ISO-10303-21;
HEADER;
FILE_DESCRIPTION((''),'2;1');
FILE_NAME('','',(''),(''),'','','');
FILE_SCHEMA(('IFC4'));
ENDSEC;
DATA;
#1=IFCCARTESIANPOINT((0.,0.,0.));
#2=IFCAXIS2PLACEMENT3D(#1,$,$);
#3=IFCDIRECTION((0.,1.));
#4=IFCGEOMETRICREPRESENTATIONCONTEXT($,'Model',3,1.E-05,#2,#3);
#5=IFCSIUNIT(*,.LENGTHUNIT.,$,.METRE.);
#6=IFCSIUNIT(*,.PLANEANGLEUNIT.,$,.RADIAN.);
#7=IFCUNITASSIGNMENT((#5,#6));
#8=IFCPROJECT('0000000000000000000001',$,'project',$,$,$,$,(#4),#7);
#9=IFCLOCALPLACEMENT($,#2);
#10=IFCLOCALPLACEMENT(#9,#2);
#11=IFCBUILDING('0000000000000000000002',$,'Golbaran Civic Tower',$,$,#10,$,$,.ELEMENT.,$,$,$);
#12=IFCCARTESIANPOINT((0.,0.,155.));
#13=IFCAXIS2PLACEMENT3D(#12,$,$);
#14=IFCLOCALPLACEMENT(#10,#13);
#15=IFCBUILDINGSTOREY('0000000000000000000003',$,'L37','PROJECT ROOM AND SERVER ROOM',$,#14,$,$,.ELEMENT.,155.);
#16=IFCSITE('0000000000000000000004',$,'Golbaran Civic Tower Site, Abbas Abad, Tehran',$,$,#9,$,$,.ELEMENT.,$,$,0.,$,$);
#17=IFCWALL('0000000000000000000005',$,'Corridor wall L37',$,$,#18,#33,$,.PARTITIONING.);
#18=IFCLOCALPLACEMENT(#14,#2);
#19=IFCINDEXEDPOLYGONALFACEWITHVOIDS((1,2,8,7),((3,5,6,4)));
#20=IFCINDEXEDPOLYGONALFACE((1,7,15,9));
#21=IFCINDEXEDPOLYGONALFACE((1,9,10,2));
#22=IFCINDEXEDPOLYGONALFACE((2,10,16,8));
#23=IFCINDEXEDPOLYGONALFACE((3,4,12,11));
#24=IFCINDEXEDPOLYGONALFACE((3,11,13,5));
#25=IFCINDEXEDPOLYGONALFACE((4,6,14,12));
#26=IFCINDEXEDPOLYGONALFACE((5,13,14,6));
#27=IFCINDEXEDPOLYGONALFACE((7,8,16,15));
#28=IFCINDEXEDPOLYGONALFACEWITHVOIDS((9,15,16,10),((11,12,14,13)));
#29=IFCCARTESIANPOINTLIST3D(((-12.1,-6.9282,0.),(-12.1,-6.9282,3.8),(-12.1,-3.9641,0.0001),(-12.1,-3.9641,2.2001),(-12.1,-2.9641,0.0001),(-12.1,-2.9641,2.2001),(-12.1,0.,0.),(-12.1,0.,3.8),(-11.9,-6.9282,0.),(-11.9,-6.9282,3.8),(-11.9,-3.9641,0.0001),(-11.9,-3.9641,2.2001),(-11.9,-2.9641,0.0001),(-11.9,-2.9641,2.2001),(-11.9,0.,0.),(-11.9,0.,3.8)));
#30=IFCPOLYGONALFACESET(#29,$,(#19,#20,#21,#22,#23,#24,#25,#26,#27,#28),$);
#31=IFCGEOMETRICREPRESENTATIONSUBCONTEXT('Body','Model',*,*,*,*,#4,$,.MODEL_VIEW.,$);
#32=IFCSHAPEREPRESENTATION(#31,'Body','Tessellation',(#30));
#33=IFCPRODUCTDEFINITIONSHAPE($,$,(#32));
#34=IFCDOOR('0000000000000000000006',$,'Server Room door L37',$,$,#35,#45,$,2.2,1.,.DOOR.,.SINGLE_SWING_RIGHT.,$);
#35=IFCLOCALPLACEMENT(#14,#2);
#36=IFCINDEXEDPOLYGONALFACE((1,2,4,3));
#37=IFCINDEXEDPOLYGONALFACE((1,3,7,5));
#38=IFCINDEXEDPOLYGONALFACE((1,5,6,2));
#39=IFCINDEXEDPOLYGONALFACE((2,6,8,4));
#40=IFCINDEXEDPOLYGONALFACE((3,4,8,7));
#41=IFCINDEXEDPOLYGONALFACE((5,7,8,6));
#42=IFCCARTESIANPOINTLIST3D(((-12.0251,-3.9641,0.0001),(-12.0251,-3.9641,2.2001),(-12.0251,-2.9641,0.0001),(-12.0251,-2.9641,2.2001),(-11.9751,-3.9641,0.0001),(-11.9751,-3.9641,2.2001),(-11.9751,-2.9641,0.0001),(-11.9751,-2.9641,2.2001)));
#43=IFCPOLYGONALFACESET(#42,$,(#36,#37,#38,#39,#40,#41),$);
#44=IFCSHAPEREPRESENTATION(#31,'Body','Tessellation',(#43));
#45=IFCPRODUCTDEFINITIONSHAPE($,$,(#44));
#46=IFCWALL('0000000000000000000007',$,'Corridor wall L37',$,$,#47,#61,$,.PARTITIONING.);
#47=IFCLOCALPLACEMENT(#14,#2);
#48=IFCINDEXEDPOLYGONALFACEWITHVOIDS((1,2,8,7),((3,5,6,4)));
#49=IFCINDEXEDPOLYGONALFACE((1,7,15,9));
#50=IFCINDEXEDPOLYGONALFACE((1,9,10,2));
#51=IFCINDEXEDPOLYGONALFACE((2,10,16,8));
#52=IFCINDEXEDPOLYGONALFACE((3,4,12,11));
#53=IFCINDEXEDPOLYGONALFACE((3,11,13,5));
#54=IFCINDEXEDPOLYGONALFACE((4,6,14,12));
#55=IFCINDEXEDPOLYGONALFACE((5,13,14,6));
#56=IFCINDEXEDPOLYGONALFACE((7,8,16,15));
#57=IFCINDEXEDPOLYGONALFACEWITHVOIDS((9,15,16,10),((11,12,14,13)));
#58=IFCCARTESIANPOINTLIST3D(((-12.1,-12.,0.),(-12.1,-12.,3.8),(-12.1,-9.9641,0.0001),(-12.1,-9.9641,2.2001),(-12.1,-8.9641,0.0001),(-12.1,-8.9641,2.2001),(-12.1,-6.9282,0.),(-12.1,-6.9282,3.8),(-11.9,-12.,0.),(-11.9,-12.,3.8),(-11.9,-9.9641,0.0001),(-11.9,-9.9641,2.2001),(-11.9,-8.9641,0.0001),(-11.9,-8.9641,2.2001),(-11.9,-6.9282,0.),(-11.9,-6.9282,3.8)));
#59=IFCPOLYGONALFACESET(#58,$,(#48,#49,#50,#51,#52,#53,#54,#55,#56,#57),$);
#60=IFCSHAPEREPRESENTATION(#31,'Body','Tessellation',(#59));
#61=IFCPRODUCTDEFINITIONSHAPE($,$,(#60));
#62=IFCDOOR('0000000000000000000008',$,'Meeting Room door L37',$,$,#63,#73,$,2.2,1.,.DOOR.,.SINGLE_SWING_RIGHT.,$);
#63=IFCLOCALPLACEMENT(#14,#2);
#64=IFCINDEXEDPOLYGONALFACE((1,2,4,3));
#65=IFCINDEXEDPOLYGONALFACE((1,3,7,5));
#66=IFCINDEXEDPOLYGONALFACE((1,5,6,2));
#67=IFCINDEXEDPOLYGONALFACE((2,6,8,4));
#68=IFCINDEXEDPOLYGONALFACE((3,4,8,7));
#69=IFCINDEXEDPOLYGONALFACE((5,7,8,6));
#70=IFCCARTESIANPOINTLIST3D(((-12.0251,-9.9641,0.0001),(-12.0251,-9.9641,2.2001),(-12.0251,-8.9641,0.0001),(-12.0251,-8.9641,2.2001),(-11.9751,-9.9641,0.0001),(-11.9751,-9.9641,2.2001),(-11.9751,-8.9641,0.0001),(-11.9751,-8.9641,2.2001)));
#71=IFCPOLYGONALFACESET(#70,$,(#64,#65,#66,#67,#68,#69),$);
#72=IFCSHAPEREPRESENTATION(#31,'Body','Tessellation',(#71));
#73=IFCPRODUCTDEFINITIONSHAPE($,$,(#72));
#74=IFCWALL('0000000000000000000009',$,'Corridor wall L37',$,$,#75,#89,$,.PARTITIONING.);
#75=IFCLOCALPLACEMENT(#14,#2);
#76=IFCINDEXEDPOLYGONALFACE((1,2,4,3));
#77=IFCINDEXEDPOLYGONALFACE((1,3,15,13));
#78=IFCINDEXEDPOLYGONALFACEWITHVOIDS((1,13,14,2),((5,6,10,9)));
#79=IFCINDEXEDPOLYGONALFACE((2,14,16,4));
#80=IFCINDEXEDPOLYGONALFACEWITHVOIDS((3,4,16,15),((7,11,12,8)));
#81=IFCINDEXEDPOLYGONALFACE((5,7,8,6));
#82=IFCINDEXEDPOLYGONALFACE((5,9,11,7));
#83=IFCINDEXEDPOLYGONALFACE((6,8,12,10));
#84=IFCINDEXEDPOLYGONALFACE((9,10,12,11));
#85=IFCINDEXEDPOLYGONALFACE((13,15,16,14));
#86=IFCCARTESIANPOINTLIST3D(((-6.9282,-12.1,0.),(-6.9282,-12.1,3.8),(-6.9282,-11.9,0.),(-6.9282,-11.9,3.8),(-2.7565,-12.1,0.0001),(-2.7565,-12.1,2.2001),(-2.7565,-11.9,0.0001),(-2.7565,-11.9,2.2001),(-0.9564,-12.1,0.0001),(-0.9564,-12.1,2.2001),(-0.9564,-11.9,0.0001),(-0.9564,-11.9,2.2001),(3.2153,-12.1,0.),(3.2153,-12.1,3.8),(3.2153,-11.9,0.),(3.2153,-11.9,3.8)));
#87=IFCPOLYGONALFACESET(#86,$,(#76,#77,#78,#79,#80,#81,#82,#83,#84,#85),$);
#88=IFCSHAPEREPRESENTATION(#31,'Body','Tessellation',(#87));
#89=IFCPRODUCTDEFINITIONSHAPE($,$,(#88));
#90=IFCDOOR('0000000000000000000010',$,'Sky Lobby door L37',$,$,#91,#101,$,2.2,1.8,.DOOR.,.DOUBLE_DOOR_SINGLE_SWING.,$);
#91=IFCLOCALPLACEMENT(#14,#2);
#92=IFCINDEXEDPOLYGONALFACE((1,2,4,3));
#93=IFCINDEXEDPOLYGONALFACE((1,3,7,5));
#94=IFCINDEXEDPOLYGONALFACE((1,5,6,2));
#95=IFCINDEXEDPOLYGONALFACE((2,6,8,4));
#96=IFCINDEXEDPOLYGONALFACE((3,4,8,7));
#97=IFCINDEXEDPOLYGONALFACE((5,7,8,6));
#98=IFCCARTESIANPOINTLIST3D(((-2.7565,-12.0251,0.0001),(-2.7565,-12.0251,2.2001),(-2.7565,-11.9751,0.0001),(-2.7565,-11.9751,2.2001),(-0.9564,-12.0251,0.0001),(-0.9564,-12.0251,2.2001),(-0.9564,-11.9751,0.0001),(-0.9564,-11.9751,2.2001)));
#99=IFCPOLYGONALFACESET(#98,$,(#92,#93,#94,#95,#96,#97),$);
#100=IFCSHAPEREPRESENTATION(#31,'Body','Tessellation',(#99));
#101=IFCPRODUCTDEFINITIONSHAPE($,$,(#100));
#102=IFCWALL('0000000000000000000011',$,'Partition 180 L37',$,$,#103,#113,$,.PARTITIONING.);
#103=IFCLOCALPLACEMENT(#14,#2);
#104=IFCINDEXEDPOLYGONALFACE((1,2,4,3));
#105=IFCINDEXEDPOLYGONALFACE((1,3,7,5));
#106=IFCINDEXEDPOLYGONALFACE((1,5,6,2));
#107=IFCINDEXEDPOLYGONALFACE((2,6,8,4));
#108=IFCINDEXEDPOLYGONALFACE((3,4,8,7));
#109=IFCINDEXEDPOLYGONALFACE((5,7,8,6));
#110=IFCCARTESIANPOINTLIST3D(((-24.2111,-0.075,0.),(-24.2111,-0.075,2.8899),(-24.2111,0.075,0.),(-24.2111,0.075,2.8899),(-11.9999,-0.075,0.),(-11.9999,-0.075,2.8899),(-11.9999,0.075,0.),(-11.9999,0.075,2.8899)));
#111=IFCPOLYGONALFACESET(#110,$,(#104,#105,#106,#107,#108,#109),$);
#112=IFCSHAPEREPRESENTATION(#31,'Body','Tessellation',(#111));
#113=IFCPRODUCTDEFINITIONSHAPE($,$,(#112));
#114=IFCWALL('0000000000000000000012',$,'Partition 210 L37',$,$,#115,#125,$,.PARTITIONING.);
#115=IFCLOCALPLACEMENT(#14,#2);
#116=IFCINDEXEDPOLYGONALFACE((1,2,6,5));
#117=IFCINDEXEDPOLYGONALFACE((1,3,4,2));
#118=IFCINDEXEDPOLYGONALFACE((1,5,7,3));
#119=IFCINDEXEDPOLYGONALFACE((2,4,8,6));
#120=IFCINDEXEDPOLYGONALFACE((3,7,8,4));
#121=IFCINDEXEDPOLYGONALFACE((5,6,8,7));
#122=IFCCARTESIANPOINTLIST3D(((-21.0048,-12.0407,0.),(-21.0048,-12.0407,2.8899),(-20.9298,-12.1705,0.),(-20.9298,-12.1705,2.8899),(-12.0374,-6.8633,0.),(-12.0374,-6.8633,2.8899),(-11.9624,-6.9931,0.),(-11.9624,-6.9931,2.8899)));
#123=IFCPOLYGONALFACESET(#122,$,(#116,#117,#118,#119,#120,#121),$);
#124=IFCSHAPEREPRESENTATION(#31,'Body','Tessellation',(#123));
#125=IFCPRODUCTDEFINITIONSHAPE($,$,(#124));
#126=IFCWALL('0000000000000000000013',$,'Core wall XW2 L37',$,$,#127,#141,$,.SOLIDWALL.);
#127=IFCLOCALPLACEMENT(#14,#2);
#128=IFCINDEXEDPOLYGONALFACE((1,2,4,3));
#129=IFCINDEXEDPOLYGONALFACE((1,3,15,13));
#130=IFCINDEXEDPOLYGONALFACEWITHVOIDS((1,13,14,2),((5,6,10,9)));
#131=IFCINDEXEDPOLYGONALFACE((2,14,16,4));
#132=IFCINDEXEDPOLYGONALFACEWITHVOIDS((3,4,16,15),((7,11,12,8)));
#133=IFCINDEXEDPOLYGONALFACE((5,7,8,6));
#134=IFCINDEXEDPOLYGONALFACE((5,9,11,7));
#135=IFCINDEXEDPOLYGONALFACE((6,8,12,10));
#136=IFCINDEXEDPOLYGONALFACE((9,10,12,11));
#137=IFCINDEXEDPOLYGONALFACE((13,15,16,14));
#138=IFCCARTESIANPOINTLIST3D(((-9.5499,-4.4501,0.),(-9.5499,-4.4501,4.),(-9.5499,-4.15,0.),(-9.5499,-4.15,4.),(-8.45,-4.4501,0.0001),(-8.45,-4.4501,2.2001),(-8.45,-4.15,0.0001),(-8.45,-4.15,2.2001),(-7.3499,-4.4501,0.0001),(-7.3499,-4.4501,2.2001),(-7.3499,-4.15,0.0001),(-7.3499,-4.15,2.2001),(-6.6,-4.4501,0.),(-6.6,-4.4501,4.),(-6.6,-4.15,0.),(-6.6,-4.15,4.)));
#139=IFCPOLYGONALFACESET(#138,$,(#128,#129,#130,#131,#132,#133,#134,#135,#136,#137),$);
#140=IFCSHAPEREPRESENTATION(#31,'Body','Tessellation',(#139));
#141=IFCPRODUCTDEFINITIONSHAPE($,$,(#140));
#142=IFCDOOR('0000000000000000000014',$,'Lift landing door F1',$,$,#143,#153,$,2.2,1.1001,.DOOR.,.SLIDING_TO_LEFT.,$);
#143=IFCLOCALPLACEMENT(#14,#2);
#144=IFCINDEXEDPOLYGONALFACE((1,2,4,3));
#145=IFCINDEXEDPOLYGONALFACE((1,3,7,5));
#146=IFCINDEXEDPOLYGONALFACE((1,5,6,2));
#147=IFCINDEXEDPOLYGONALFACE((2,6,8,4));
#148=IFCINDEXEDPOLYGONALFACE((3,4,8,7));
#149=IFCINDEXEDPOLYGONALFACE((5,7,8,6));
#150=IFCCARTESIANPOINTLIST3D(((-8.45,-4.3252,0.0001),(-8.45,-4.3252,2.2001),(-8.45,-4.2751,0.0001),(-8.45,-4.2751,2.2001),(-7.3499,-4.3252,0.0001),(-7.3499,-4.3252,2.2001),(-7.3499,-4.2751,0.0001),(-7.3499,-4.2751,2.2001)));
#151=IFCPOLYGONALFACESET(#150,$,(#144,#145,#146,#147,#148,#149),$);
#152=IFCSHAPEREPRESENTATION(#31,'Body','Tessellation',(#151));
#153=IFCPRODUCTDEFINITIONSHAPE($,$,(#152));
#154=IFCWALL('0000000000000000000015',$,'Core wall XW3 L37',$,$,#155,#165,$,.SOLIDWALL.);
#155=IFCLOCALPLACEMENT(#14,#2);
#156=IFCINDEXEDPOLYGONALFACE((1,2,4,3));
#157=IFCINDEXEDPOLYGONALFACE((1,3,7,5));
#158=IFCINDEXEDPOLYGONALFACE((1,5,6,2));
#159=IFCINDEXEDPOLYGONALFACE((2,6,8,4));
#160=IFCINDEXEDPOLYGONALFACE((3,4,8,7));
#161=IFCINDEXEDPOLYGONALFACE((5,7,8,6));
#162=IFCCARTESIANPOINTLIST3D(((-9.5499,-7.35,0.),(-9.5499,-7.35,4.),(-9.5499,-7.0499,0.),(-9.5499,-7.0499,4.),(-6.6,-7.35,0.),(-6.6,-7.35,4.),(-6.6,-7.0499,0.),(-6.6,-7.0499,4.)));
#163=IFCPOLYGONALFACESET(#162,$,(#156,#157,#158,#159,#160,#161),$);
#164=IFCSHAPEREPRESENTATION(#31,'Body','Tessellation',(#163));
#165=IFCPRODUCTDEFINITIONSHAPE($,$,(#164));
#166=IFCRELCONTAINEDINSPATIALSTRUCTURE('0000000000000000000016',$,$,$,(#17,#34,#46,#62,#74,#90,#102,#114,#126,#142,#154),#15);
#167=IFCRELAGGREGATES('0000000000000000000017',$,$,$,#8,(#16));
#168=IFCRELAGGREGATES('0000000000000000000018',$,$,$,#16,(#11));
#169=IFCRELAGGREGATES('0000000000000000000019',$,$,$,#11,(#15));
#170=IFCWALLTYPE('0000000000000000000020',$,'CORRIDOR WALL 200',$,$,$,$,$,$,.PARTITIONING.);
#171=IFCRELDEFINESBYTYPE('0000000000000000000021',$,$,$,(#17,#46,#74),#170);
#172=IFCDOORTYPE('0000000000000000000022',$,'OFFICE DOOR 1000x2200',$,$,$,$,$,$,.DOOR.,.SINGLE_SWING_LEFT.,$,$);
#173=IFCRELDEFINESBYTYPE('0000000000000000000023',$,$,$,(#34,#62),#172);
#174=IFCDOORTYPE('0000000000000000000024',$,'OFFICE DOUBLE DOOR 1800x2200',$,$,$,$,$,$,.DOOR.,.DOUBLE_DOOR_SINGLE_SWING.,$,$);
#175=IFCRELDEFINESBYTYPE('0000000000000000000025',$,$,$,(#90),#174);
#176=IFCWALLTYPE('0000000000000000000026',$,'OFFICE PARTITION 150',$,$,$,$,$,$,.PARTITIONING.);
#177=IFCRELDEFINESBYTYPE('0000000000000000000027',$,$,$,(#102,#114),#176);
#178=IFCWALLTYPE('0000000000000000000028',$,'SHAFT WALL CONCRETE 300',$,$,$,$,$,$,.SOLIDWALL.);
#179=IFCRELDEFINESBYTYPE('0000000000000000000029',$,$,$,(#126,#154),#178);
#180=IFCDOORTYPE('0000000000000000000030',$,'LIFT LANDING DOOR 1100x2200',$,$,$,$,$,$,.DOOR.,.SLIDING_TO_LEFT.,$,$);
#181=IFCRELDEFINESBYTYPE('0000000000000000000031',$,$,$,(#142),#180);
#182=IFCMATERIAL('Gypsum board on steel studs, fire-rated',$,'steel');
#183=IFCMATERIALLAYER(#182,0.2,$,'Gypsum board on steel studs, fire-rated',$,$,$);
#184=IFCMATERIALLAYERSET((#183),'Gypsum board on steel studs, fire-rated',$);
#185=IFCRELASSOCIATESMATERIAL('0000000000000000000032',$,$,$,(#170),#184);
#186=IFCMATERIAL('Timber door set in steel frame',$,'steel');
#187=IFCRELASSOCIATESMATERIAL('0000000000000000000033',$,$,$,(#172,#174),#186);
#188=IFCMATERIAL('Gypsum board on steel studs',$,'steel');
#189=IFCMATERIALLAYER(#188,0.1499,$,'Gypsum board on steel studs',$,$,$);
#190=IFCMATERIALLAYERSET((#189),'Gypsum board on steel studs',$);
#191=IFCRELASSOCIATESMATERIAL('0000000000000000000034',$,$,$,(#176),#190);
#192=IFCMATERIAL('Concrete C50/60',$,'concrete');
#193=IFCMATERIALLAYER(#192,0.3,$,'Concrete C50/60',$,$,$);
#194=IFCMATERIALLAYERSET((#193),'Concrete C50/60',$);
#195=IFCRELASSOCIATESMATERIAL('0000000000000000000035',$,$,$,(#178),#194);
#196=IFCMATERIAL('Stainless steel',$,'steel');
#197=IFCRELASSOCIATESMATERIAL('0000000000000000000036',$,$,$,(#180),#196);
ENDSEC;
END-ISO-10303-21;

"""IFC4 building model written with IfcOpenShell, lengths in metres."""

from ifc_helpers import new_model, si_unit, direction, frame, frame_2d, origin, place, context, subcontext, project, spatial, rectangle, extrude, material, layer, layer_set, type_object, element, fill, save


model = new_model("IFC4")

# Units and contexts
model_context = context("Model", 3, precision=1e-05, world=origin(), true_north=direction((0.0, 1.0)))
body_context = subcontext(model_context, "Body", "Model", "MODEL_VIEW")
ifc_project = project(units=[si_unit("LENGTHUNIT", "METRE"), si_unit("PLANEANGLEUNIT", "RADIAN")], contexts=[model_context])

# Site, building, storey
site_placement = place(None, origin())
site = spatial("IfcSite", under=ifc_project, at=site_placement, Name="Golbaran Civic Tower Site, Abbas Abad, Tehran", CompositionType="ELEMENT", RefElevation=0.0)
building_placement = place(site_placement, origin())
building = spatial("IfcBuilding", under=site, at=building_placement, Name="Golbaran Civic Tower", CompositionType="ELEMENT")
storey_placement = place(building_placement, frame((0.0, 0.0, 155.0)))
storey = spatial("IfcBuildingStorey", under=building, at=storey_placement, Name="L37", Description="PROJECT ROOM AND SERVER ROOM", CompositionType="ELEMENT", Elevation=155.0)

# Walls, openings, doors
ifc_material_1 = material(Name="Concrete C50/60", Category="concrete")
ifc_material_2 = material(Name="Timber door set in steel frame", Category="steel")
ifc_material_3 = material(Name="Gypsum board on steel studs, fire-rated", Category="steel")
ifc_layer_1 = layer(ifc_material_3, 0.2, Name="Gypsum board on steel studs, fire-rated")
ifc_layer_set_1 = layer_set([ifc_layer_1], Name="Gypsum board on steel studs, fire-rated")
wall_type_1 = type_object("IfcWallType", Name="CORRIDOR WALL 200", PredefinedType="PARTITIONING", material=ifc_layer_set_1)
wall_1_placement = place(storey_placement, frame((-12.0, 0.0, 0.0), z_axis=(0.0, 0.0, 1.0), x_axis=(0.0, -1.0, 0.0)))
wall_1 = element("IfcWall", 1, at=wall_1_placement, inside=storey, type_object=wall_type_1, Name="Corridor wall L37", PredefinedType="PARTITIONING", context=body_context, shape_type="SweptSolid", body=[
    extrude(rectangle(XDim=6.9282, YDim=0.2, at=frame_2d((3.4641, 0.0))), origin(), (0.0, 0.0, 1.0), 3.8),
])
opening_1_placement = place(wall_1_placement, frame((2.9641, 0.0, 0.0)))
opening_1 = element("IfcOpeningElement", 2, at=opening_1_placement, cuts=wall_1, PredefinedType="OPENING", context=body_context, shape_type="SweptSolid", body=[
    extrude(rectangle(XDim=1.0, YDim=2.2, at=frame_2d((0.5, 1.1001))), frame((0.0, 0.1099, 0.0), z_axis=(0.0, -1.0, 0.0), x_axis=(1.0, 0.0, 0.0)), (0.0, 0.0, 1.0), 0.22),
])
door_type_1 = type_object("IfcDoorType", Name="OFFICE DOOR 1000x2200", OperationType="SINGLE_SWING_LEFT", PredefinedType="DOOR", material=ifc_material_2)
door_1_placement = place(opening_1_placement, origin())
door_1 = element("IfcDoor", 3, at=door_1_placement, inside=storey, type_object=door_type_1, Name="Server Room door L37", OperationType="SINGLE_SWING_RIGHT", OverallHeight=2.2, OverallWidth=1.0, PredefinedType="DOOR", context=body_context, shape_type="SweptSolid", body=[
    extrude(rectangle(XDim=1.0, YDim=2.2, at=frame_2d((0.5, 1.1001))), frame((0.0, 0.0249, 0.0), z_axis=(0.0, -1.0, 0.0), x_axis=(1.0, 0.0, 0.0)), (0.0, 0.0, 1.0), 0.05),
])
fill(opening_1, door_1)
wall_2_placement = place(storey_placement, frame((-12.0, -6.9282, 0.0), z_axis=(0.0, 0.0, 1.0), x_axis=(0.0, -1.0, 0.0)))
wall_2 = element("IfcWall", 4, at=wall_2_placement, inside=storey, type_object=wall_type_1, Name="Corridor wall L37", PredefinedType="PARTITIONING", context=body_context, shape_type="SweptSolid", body=[
    extrude(rectangle(XDim=5.0718, YDim=0.2, at=frame_2d((2.5359, 0.0))), origin(), (0.0, 0.0, 1.0), 3.8),
])
opening_2_placement = place(wall_2_placement, frame((2.0359, 0.0, 0.0)))
opening_2 = element("IfcOpeningElement", 5, at=opening_2_placement, cuts=wall_2, PredefinedType="OPENING", context=body_context, shape_type="SweptSolid", body=[
    extrude(rectangle(XDim=1.0, YDim=2.2, at=frame_2d((0.5, 1.1001))), frame((0.0, 0.1099, 0.0), z_axis=(0.0, -1.0, 0.0), x_axis=(1.0, 0.0, 0.0)), (0.0, 0.0, 1.0), 0.22),
])
door_2_placement = place(opening_2_placement, origin())
door_2 = element("IfcDoor", 6, at=door_2_placement, inside=storey, type_object=door_type_1, Name="Meeting Room door L37", OperationType="SINGLE_SWING_RIGHT", OverallHeight=2.2, OverallWidth=1.0, PredefinedType="DOOR", context=body_context, shape_type="SweptSolid", body=[
    extrude(rectangle(XDim=1.0, YDim=2.2, at=frame_2d((0.5, 1.1001))), frame((0.0, 0.0249, 0.0), z_axis=(0.0, -1.0, 0.0), x_axis=(1.0, 0.0, 0.0)), (0.0, 0.0, 1.0), 0.05),
])
fill(opening_2, door_2)
wall_3_placement = place(storey_placement, frame((-6.9282, -12.0, 0.0), z_axis=(0.0, 0.0, 1.0), x_axis=(1.0, 0.0, 0.0)))
wall_3 = element("IfcWall", 7, at=wall_3_placement, inside=storey, type_object=wall_type_1, Name="Corridor wall L37", PredefinedType="PARTITIONING", context=body_context, shape_type="SweptSolid", body=[
    extrude(rectangle(XDim=10.1436, YDim=0.2, at=frame_2d((5.0718, 0.0))), origin(), (0.0, 0.0, 1.0), 3.8),
])
opening_3_placement = place(wall_3_placement, frame((4.1719, 0.0, 0.0)))
opening_3 = element("IfcOpeningElement", 8, at=opening_3_placement, cuts=wall_3, PredefinedType="OPENING", context=body_context, shape_type="SweptSolid", body=[
    extrude(rectangle(XDim=1.8, YDim=2.2, at=frame_2d((0.8999, 1.1001))), frame((0.0, 0.1099, 0.0), z_axis=(0.0, -1.0, 0.0), x_axis=(1.0, 0.0, 0.0)), (0.0, 0.0, 1.0), 0.22),
])
door_type_2 = type_object("IfcDoorType", Name="OFFICE DOUBLE DOOR 1800x2200", OperationType="DOUBLE_DOOR_SINGLE_SWING", PredefinedType="DOOR", material=ifc_material_2)
door_3_placement = place(opening_3_placement, origin())
door_3 = element("IfcDoor", 9, at=door_3_placement, inside=storey, type_object=door_type_2, Name="Sky Lobby door L37", OperationType="DOUBLE_DOOR_SINGLE_SWING", OverallHeight=2.2, OverallWidth=1.8, PredefinedType="DOOR", context=body_context, shape_type="SweptSolid", body=[
    extrude(rectangle(XDim=1.8, YDim=2.2, at=frame_2d((0.8999, 1.1001))), frame((0.0, 0.0249, 0.0), z_axis=(0.0, -1.0, 0.0), x_axis=(1.0, 0.0, 0.0)), (0.0, 0.0, 1.0), 0.05),
])
fill(opening_3, door_3)

# Walls
ifc_material_4 = material(Name="Gypsum board on steel studs", Category="steel")
ifc_layer_2 = layer(ifc_material_4, 0.1499, Name="Gypsum board on steel studs")
ifc_layer_set_2 = layer_set([ifc_layer_2], Name="Gypsum board on steel studs")
wall_type_2 = type_object("IfcWallType", Name="OFFICE PARTITION 150", PredefinedType="PARTITIONING", material=ifc_layer_set_2)
wall_4_placement = place(storey_placement, frame((-12.0, 0.0, 0.0), z_axis=(0.0, 0.0, 1.0), x_axis=(-1.0, 0.0, 0.0)))
element("IfcWall", 10, at=wall_4_placement, inside=storey, type_object=wall_type_2, Name="Partition 180 L37", PredefinedType="PARTITIONING", context=body_context, shape_type="SweptSolid", body=[
    extrude(rectangle(XDim=12.2112, YDim=0.1499, at=frame_2d((6.1055, 0.0))), origin(), (0.0, 0.0, 1.0), 2.8899),
])
wall_5_placement = place(storey_placement, frame((-12.0, -6.9282, 0.0), z_axis=(0.0, 0.0, 1.0), x_axis=(-0.866022, -0.500006, 0.0)))
element("IfcWall", 11, at=wall_5_placement, inside=storey, type_object=wall_type_2, Name="Partition 210 L37", PredefinedType="PARTITIONING", context=body_context, shape_type="SweptSolid", body=[
    extrude(rectangle(XDim=10.3547, YDim=0.1499, at=frame_2d((5.1772, 0.0))), origin(), (0.0, 0.0, 1.0), 2.8899),
])

# Wall, opening, door
ifc_layer_3 = layer(ifc_material_1, 0.3, Name="Concrete C50/60")
ifc_layer_set_3 = layer_set([ifc_layer_3], Name="Concrete C50/60")
wall_type_3 = type_object("IfcWallType", Name="SHAFT WALL CONCRETE 300", PredefinedType="SOLIDWALL", material=ifc_layer_set_3)
wall_6_placement = place(storey_placement, frame((-9.55, -4.3, 0.0), z_axis=(0.0, 0.0, 1.0), x_axis=(1.0, 0.0, 0.0)))
wall_6 = element("IfcWall", 12, at=wall_6_placement, inside=storey, type_object=wall_type_3, Name="Core wall XW2 L37", PredefinedType="SOLIDWALL", context=body_context, shape_type="SweptSolid", body=[
    extrude(rectangle(XDim=2.95, YDim=0.3, at=frame_2d((1.4751, 0.0))), origin(), (0.0, 0.0, 1.0), 4.0),
])
opening_4_placement = place(wall_6_placement, frame((1.1001, 0.0, 0.0)))
opening_4 = element("IfcOpeningElement", 13, at=opening_4_placement, cuts=wall_6, PredefinedType="OPENING", context=body_context, shape_type="SweptSolid", body=[
    extrude(rectangle(XDim=1.1001, YDim=2.2, at=frame_2d((0.55, 1.1001))), frame((0.0, 0.1599, 0.0), z_axis=(0.0, -1.0, 0.0), x_axis=(1.0, 0.0, 0.0)), (0.0, 0.0, 1.0), 0.3201),
])
ifc_material_5 = material(Name="Stainless steel", Category="steel")
door_type_3 = type_object("IfcDoorType", Name="LIFT LANDING DOOR 1100x2200", OperationType="SLIDING_TO_LEFT", PredefinedType="DOOR", material=ifc_material_5)
door_4_placement = place(opening_4_placement, origin())
door_4 = element("IfcDoor", 14, at=door_4_placement, inside=storey, type_object=door_type_3, Name="Lift landing door F1", OperationType="SLIDING_TO_LEFT", OverallHeight=2.2, OverallWidth=1.1001, PredefinedType="DOOR", context=body_context, shape_type="SweptSolid", body=[
    extrude(rectangle(XDim=1.1001, YDim=2.2, at=frame_2d((0.55, 1.1001))), frame((0.0, 0.0249, 0.0), z_axis=(0.0, -1.0, 0.0), x_axis=(1.0, 0.0, 0.0)), (0.0, 0.0, 1.0), 0.05),
])
fill(opening_4, door_4)

# Wall
wall_7_placement = place(storey_placement, frame((-9.55, -7.2, 0.0), z_axis=(0.0, 0.0, 1.0), x_axis=(1.0, 0.0, 0.0)))
element("IfcWall", 15, at=wall_7_placement, inside=storey, type_object=wall_type_3, Name="Core wall XW3 L37", PredefinedType="SOLIDWALL", context=body_context, shape_type="SweptSolid", body=[
    extrude(rectangle(XDim=2.95, YDim=0.3, at=frame_2d((1.4751, 0.0))), origin(), (0.0, 0.0, 1.0), 4.0),
])

save(model, "model.ifc")
